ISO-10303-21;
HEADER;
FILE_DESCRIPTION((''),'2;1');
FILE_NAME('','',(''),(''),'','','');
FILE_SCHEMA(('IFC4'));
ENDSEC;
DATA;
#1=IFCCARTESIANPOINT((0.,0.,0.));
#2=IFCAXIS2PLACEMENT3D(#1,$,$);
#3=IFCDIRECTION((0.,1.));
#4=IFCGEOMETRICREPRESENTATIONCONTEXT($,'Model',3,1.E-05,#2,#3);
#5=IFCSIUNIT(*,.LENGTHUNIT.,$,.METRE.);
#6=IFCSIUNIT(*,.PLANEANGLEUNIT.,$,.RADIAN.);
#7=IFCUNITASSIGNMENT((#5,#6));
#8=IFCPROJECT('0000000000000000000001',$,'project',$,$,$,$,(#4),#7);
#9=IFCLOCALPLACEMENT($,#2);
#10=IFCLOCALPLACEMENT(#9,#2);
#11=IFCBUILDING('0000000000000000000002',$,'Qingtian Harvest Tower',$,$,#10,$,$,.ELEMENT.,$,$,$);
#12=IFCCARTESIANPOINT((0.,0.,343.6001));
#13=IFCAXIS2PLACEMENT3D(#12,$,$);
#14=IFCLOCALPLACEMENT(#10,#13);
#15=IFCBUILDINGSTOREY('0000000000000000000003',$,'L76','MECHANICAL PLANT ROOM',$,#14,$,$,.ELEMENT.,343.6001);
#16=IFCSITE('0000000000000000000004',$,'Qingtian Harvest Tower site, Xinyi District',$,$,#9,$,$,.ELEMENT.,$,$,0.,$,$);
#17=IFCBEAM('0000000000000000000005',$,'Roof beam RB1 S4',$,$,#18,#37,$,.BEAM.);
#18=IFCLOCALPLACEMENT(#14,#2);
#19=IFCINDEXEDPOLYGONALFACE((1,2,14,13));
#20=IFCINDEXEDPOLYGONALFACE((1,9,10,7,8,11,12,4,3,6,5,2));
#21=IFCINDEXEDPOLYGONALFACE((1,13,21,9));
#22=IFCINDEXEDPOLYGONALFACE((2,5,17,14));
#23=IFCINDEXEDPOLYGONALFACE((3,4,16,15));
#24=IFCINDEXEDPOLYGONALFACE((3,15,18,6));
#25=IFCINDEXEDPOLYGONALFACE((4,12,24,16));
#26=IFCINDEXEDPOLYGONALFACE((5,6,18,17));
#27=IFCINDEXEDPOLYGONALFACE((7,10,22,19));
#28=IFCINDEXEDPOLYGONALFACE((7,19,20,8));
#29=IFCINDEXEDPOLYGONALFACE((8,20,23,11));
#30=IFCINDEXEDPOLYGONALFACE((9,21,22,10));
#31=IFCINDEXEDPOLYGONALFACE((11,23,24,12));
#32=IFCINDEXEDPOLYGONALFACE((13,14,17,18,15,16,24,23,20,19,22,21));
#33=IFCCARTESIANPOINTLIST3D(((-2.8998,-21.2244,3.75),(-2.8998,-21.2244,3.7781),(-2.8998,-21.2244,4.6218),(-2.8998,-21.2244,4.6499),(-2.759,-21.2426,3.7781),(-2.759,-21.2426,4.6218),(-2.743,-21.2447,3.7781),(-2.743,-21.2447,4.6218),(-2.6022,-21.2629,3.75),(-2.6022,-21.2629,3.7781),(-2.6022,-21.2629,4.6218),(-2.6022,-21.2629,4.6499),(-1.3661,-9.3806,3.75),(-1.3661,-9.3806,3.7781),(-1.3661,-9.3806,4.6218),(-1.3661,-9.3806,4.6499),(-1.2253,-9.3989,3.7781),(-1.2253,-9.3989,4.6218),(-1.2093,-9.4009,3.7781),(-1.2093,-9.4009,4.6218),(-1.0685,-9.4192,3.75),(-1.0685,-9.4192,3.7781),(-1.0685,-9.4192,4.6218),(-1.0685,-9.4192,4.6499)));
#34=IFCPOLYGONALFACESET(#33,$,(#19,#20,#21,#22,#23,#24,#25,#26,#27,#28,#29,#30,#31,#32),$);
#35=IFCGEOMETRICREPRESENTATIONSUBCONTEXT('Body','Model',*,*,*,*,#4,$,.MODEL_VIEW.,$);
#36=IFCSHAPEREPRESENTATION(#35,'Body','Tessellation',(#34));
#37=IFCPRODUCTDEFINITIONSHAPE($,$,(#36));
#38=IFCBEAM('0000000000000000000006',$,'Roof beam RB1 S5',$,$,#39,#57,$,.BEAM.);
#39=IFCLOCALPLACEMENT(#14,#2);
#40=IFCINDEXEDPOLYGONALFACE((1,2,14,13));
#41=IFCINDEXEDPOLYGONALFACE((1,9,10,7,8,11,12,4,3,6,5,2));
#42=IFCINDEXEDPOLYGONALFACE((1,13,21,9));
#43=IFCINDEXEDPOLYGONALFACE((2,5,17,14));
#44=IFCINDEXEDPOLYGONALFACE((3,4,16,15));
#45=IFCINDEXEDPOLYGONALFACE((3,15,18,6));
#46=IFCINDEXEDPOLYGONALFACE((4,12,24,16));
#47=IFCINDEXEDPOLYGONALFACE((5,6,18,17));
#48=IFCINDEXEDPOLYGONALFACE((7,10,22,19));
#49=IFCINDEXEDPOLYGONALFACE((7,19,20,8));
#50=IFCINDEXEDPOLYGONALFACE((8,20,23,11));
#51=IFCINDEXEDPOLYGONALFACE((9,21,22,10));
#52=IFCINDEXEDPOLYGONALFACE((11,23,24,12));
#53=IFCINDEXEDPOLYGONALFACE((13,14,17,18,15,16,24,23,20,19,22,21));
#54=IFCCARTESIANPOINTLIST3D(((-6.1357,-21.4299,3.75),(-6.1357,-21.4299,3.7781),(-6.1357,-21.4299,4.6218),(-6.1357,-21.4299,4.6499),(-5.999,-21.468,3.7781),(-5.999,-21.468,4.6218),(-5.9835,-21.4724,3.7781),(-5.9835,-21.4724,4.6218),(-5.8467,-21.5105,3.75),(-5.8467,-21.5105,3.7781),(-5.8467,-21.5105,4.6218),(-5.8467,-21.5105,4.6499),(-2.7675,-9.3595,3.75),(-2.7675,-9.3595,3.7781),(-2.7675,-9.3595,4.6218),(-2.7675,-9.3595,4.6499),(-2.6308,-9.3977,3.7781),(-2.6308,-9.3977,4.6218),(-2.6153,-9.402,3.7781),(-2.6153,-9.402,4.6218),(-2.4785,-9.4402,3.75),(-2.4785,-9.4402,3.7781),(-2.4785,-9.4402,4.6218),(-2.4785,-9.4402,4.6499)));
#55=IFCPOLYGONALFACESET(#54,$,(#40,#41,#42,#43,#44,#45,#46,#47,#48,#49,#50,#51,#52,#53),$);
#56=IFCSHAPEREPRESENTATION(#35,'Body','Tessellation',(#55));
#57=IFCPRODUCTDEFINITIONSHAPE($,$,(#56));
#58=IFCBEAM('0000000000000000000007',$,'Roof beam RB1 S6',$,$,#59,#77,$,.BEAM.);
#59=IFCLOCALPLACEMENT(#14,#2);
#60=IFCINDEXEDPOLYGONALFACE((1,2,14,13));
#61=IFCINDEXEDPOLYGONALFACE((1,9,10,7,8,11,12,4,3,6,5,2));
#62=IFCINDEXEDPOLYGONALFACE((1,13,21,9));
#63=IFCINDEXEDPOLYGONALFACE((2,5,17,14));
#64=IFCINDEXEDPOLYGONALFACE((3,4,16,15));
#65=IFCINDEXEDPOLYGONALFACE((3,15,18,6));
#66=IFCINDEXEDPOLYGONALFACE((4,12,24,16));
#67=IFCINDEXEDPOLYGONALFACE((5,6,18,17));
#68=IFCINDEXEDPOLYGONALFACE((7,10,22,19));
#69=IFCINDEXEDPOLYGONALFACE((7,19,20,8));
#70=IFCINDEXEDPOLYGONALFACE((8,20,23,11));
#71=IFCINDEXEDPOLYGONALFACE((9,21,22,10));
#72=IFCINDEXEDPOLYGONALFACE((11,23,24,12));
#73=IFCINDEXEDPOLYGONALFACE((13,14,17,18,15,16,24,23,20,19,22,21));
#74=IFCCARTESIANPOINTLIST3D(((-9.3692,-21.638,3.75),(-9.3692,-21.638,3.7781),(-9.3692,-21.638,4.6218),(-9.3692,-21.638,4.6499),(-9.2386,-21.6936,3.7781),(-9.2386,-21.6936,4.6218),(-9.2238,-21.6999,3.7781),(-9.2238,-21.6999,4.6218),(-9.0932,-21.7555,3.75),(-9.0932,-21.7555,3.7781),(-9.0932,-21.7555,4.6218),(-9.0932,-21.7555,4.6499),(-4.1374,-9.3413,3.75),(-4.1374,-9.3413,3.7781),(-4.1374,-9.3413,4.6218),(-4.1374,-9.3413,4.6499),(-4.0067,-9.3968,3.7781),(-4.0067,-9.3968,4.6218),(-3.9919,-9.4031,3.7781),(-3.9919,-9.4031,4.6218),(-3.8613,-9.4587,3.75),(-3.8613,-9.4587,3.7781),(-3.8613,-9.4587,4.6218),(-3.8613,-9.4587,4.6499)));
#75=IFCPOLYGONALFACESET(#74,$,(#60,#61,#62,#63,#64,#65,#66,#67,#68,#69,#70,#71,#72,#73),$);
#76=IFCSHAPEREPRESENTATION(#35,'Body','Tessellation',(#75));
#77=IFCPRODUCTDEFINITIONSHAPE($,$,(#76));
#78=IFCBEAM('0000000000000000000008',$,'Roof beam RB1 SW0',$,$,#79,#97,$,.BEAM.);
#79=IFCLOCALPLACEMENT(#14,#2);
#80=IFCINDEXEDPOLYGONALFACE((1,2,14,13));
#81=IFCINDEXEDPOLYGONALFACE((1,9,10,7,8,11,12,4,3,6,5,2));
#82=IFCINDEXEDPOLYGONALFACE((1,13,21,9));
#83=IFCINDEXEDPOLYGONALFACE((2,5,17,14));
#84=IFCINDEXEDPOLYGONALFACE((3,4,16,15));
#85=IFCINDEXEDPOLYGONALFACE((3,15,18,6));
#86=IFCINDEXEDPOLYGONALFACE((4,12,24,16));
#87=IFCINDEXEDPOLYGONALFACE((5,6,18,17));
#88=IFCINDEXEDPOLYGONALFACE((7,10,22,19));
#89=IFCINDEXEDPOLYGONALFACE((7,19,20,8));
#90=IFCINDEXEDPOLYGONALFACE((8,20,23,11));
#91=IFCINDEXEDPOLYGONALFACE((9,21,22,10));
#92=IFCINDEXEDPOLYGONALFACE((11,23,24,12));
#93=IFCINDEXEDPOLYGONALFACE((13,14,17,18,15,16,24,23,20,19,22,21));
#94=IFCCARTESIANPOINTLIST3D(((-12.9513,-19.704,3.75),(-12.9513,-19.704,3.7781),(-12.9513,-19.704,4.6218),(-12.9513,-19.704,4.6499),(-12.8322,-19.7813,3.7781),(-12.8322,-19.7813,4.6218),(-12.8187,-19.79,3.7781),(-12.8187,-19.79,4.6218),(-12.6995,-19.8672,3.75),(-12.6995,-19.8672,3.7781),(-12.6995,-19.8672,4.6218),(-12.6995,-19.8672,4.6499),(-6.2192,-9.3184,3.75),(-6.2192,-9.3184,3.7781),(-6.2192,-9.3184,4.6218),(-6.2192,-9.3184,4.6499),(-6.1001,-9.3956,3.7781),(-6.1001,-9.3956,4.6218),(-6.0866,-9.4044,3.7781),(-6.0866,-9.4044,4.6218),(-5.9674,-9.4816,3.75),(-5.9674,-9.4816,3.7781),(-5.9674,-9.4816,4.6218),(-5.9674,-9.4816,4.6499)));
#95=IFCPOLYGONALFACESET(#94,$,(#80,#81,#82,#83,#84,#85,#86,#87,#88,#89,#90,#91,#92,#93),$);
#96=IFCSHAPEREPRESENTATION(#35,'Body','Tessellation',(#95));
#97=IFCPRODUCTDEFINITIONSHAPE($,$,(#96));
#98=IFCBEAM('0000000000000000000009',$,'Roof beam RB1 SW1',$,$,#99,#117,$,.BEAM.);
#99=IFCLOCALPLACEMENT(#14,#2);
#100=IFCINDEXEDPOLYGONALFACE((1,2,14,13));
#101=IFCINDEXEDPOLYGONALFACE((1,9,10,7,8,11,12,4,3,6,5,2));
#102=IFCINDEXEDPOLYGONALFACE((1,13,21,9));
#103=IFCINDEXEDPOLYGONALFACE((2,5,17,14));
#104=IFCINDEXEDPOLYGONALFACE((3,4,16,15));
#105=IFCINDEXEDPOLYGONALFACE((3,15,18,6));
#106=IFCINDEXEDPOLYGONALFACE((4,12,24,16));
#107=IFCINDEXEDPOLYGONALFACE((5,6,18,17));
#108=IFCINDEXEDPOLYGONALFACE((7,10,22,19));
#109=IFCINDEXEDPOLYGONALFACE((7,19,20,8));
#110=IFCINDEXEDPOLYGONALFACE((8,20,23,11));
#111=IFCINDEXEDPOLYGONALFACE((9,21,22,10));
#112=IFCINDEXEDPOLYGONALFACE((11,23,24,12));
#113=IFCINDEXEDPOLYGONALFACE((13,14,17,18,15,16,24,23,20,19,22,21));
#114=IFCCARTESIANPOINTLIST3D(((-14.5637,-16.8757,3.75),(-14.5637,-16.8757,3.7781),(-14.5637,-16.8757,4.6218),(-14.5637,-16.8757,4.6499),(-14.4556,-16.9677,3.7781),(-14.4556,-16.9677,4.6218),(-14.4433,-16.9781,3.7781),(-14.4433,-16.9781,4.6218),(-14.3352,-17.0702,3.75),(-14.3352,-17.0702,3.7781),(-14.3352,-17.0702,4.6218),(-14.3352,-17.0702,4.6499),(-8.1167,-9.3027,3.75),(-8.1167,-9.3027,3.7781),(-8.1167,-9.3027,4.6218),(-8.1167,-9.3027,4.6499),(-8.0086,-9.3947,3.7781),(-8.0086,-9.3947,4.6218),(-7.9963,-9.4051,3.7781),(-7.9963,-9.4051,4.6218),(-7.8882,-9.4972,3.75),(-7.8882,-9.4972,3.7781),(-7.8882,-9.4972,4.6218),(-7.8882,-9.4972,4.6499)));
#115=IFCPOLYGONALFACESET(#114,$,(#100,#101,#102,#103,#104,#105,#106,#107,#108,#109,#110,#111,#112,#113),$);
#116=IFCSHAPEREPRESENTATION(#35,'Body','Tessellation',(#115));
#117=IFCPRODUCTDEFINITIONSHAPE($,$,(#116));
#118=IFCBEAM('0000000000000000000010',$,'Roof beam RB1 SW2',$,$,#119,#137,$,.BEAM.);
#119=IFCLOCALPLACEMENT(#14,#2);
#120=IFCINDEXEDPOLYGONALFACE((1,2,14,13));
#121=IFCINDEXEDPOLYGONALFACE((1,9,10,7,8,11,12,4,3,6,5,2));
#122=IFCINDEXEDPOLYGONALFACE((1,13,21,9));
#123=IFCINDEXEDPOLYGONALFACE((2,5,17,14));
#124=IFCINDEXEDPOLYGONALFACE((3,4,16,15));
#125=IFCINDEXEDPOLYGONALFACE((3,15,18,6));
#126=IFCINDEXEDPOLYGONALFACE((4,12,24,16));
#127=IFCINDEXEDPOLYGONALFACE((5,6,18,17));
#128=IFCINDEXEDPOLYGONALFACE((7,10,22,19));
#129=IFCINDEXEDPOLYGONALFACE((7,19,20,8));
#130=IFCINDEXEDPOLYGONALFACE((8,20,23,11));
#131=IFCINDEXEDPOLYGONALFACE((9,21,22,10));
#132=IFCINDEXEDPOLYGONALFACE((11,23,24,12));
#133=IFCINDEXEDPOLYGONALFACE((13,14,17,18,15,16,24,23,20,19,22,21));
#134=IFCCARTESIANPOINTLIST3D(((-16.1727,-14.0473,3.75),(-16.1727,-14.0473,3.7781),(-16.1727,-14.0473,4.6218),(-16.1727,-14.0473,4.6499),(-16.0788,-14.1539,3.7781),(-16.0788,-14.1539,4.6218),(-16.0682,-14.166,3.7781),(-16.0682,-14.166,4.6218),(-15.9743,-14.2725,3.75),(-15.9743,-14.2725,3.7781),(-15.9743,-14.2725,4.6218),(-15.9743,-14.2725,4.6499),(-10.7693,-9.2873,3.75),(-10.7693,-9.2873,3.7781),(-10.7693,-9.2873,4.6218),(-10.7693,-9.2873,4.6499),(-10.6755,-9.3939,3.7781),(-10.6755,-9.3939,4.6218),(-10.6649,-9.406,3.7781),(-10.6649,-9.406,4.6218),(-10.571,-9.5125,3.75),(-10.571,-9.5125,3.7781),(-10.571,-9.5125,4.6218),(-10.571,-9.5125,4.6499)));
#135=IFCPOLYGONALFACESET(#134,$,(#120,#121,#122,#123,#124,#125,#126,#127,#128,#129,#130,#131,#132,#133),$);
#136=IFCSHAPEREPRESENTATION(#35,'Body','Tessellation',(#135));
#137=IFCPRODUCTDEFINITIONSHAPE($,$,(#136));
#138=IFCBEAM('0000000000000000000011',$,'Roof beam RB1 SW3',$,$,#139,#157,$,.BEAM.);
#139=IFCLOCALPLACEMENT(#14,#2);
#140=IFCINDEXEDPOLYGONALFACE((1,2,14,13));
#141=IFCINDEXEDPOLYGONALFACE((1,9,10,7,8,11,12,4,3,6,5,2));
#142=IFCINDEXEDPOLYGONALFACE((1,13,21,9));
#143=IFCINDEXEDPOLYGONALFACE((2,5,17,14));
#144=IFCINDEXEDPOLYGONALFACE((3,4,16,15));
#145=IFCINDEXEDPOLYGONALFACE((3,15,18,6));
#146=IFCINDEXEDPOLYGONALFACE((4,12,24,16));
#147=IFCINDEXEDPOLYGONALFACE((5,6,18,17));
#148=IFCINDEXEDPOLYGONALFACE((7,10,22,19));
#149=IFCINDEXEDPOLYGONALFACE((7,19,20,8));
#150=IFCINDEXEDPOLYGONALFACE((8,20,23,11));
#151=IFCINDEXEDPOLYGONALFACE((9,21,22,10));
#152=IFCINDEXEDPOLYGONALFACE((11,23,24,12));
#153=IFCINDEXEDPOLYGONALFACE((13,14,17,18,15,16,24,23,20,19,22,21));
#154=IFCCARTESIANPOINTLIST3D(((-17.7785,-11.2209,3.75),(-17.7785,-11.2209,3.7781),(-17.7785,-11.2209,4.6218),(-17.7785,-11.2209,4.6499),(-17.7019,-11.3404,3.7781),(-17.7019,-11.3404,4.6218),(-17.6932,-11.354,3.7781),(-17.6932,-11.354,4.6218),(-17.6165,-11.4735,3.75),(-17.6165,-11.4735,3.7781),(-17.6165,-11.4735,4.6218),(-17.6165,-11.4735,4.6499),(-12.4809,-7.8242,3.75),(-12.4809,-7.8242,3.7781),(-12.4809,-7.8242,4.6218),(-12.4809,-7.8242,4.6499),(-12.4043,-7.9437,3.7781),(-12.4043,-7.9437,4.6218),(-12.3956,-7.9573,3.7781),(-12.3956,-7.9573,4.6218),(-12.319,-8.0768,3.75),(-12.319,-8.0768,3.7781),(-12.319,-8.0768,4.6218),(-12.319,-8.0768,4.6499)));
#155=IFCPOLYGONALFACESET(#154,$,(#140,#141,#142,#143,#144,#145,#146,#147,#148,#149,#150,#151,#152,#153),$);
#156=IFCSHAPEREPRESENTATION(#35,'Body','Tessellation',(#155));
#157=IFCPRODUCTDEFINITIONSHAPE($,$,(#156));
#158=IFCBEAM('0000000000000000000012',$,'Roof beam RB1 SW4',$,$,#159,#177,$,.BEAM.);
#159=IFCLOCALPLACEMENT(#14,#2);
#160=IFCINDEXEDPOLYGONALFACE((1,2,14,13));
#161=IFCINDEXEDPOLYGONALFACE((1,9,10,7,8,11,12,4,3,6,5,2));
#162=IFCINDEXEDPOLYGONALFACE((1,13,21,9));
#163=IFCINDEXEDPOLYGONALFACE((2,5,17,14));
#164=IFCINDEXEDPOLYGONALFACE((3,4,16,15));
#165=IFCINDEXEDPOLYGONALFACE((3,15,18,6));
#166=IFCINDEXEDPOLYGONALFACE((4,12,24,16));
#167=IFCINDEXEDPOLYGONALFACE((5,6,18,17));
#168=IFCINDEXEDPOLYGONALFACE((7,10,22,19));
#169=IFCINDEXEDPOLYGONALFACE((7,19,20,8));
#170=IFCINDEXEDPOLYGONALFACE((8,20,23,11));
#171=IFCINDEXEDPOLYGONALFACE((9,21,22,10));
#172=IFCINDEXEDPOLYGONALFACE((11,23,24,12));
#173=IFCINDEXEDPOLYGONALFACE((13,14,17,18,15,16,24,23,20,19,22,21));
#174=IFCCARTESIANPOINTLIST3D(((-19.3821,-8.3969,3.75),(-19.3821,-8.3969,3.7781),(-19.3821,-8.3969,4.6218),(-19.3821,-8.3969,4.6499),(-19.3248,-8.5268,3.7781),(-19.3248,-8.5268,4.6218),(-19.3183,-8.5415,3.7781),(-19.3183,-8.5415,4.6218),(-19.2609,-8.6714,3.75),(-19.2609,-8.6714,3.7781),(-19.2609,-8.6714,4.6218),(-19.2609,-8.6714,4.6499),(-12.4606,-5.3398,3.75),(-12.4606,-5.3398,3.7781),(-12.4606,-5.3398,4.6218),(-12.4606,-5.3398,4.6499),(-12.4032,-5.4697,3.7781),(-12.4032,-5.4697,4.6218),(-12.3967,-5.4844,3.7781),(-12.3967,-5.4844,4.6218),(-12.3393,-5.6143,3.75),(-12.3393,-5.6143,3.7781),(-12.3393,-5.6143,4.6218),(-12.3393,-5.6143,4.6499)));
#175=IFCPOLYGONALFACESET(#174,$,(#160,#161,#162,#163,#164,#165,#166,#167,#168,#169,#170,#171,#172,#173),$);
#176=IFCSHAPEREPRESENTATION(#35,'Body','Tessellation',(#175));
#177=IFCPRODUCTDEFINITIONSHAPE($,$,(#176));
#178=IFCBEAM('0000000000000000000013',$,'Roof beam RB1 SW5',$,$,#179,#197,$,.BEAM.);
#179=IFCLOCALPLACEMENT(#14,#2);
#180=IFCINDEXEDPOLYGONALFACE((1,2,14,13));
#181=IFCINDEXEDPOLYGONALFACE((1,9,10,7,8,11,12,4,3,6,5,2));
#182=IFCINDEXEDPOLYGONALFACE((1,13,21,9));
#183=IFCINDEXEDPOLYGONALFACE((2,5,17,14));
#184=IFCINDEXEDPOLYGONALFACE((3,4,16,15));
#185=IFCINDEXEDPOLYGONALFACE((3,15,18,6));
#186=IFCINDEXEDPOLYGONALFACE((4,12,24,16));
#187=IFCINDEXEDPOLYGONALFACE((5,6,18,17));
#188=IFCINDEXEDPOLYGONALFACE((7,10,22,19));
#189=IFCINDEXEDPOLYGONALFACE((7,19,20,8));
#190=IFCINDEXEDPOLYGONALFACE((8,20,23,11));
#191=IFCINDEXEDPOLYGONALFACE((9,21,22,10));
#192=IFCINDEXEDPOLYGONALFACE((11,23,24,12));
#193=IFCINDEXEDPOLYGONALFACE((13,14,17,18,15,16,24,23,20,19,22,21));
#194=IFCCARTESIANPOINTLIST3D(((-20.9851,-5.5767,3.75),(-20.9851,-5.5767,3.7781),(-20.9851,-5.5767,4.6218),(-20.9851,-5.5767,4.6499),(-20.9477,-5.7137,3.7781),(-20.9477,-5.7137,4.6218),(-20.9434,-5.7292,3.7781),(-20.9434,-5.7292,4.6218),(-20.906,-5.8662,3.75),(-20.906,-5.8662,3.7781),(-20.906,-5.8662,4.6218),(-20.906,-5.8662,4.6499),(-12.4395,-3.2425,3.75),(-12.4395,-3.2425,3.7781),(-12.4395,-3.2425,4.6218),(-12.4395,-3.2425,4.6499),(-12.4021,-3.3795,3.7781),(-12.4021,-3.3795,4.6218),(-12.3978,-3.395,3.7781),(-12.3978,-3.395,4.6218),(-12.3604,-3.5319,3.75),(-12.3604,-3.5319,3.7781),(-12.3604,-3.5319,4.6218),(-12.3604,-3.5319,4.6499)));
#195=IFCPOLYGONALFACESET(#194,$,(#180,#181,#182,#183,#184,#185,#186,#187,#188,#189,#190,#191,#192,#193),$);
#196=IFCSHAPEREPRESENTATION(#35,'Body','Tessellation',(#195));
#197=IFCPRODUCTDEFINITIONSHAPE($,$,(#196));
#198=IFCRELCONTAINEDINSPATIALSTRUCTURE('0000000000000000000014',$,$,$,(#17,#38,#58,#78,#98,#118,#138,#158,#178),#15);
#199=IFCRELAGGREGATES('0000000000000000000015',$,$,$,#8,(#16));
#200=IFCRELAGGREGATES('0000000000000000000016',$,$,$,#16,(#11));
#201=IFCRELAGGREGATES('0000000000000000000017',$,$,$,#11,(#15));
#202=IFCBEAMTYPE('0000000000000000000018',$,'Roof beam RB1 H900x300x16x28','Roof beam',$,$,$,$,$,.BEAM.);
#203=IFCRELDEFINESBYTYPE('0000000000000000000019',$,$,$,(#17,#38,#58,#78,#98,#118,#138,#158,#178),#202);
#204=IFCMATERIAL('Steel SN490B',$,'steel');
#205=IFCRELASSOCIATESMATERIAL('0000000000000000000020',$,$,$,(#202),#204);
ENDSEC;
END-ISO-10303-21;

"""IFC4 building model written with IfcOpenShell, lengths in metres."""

from ifc_helpers import new_model, si_unit, direction, frame, origin, origin_2d, place, context, subcontext, project, spatial, i_section, extrude, material, material_profile, profile_set, type_object, element, save


model = new_model("IFC4")

# Units and contexts
model_context = context("Model", 3, precision=1e-05, world=origin(), true_north=direction((0.0, 1.0)))
body_context = subcontext(model_context, "Body", "Model", "MODEL_VIEW")
ifc_project = project(units=[si_unit("LENGTHUNIT", "METRE"), si_unit("PLANEANGLEUNIT", "RADIAN")], contexts=[model_context])

# Site, building, storey
site_placement = place(None, origin())
site = spatial("IfcSite", under=ifc_project, at=site_placement, Name="Qingtian Harvest Tower site, Xinyi District", CompositionType="ELEMENT", RefElevation=0.0)
building_placement = place(site_placement, origin())
building = spatial("IfcBuilding", under=site, at=building_placement, Name="Qingtian Harvest Tower", CompositionType="ELEMENT")
storey_placement = place(building_placement, frame((0.0, 0.0, 343.6001)))
storey = spatial("IfcBuildingStorey", under=building, at=storey_placement, Name="L76", Description="MECHANICAL PLANT ROOM", CompositionType="ELEMENT", Elevation=343.6001)

# Beams
ifc_material_1 = material(Name="Steel SN490B", Category="steel")
ifc_material_profile_1 = material_profile(ifc_material_1, i_section(OverallWidth=0.3, OverallDepth=0.8999, WebThickness=0.0161, FlangeThickness=0.0281, at=origin_2d()), Name="H900x300x16x28")
ifc_profile_set_1 = profile_set([ifc_material_profile_1], Name="Steel SN490B")
beam_type_1 = type_object("IfcBeamType", Name="Roof beam RB1 H900x300x16x28", Description="Roof beam", PredefinedType="BEAM", material=ifc_profile_set_1)
beam_1_placement = place(storey_placement, frame((-2.751, -21.2437, 4.2), z_axis=(0.128421, 0.99172, 0.0), x_axis=(-0.99172, 0.128421, 0.0)))
element("IfcBeam", 1, at=beam_1_placement, inside=storey, type_object=beam_type_1, Name="Roof beam RB1 S4", PredefinedType="BEAM", context=body_context, shape_type="SweptSolid", body=[
    extrude(i_section(OverallWidth=0.3, OverallDepth=0.8999, WebThickness=0.0161, FlangeThickness=0.0281, at=origin_2d()), origin(), (0.0, 0.0, 1.0), 11.9426),
])
beam_2_placement = place(storey_placement, frame((-5.9912, -21.4702, 4.2), z_axis=(0.268777, 0.963202, 0.0), x_axis=(-0.963202, 0.268777, 0.0)))
element("IfcBeam", 2, at=beam_2_placement, inside=storey, type_object=beam_type_1, Name="Roof beam RB1 S5", PredefinedType="BEAM", context=body_context, shape_type="SweptSolid", body=[
    extrude(i_section(OverallWidth=0.3, OverallDepth=0.8999, WebThickness=0.0161, FlangeThickness=0.0281, at=origin_2d()), origin(), (0.0, 0.0, 1.0), 12.5315),
])
beam_3_placement = place(storey_placement, frame((-9.2312, -21.6968, 4.2), z_axis=(0.391506, 0.920176, 0.0), x_axis=(-0.920176, 0.391506, 0.0)))
element("IfcBeam", 3, at=beam_3_placement, inside=storey, type_object=beam_type_1, Name="Roof beam RB1 S6", PredefinedType="BEAM", context=body_context, shape_type="SweptSolid", body=[
    extrude(i_section(OverallWidth=0.3, OverallDepth=0.8999, WebThickness=0.0161, FlangeThickness=0.0281, at=origin_2d()), origin(), (0.0, 0.0, 1.0), 13.3635),
])
beam_4_placement = place(storey_placement, frame((-12.8254, -19.7856, 4.2), z_axis=(0.543934, 0.839128, 0.0), x_axis=(-0.839128, 0.543934, 0.0)))
element("IfcBeam", 4, at=beam_4_placement, inside=storey, type_object=beam_type_1, Name="Roof beam RB1 SW0", PredefinedType="BEAM", context=body_context, shape_type="SweptSolid", body=[
    extrude(i_section(OverallWidth=0.3, OverallDepth=0.8999, WebThickness=0.0161, FlangeThickness=0.0281, at=origin_2d()), origin(), (0.0, 0.0, 1.0), 12.3767),
])
beam_5_placement = place(storey_placement, frame((-14.4495, -16.9729, 4.2), z_axis=(0.64823, 0.761444, 0.0), x_axis=(-0.761444, 0.64823, 0.0)))
element("IfcBeam", 5, at=beam_5_placement, inside=storey, type_object=beam_type_1, Name="Roof beam RB1 SW1", PredefinedType="BEAM", context=body_context, shape_type="SweptSolid", body=[
    extrude(i_section(OverallWidth=0.3, OverallDepth=0.8999, WebThickness=0.0161, FlangeThickness=0.0281, at=origin_2d()), origin(), (0.0, 0.0, 1.0), 9.9456),
])
beam_6_placement = place(storey_placement, frame((-16.0735, -14.1599, 4.2), z_axis=(0.750363, 0.661026, 0.0), x_axis=(-0.661026, 0.750363, 0.0)))
element("IfcBeam", 6, at=beam_6_placement, inside=storey, type_object=beam_type_1, Name="Roof beam RB1 SW2", PredefinedType="BEAM", context=body_context, shape_type="SweptSolid", body=[
    extrude(i_section(OverallWidth=0.3, OverallDepth=0.8999, WebThickness=0.0161, FlangeThickness=0.0281, at=origin_2d()), origin(), (0.0, 0.0, 1.0), 7.2009),
])
beam_7_placement = place(storey_placement, frame((-17.6975, -11.3472, 4.2), z_axis=(0.841819, 0.539759, 0.0), x_axis=(-0.539759, 0.841819, 0.0)))
element("IfcBeam", 7, at=beam_7_placement, inside=storey, type_object=beam_type_1, Name="Roof beam RB1 SW3", PredefinedType="BEAM", context=body_context, shape_type="SweptSolid", body=[
    extrude(i_section(OverallWidth=0.3, OverallDepth=0.8999, WebThickness=0.0161, FlangeThickness=0.0281, at=origin_2d()), origin(), (0.0, 0.0, 1.0), 6.293),
])
beam_8_placement = place(storey_placement, frame((-19.3215, -8.5342, 4.2), z_axis=(0.914748, 0.404024, 0.0), x_axis=(-0.404024, 0.914748, 0.0)))
element("IfcBeam", 8, at=beam_8_placement, inside=storey, type_object=beam_type_1, Name="Roof beam RB1 SW4", PredefinedType="BEAM", context=body_context, shape_type="SweptSolid", body=[
    extrude(i_section(OverallWidth=0.3, OverallDepth=0.8999, WebThickness=0.0161, FlangeThickness=0.0281, at=origin_2d()), origin(), (0.0, 0.0, 1.0), 7.5667),
])
beam_9_placement = place(storey_placement, frame((-20.9456, -5.7214, 4.2), z_axis=(0.964661, 0.263495, 0.0), x_axis=(-0.263495, 0.964661, 0.0)))
element("IfcBeam", 9, at=beam_9_placement, inside=storey, type_object=beam_type_1, Name="Roof beam RB1 SW5", PredefinedType="BEAM", context=body_context, shape_type="SweptSolid", body=[
    extrude(i_section(OverallWidth=0.3, OverallDepth=0.8999, WebThickness=0.0161, FlangeThickness=0.0281, at=origin_2d()), origin(), (0.0, 0.0, 1.0), 8.8586),
])

save(model, "model.ifc")
